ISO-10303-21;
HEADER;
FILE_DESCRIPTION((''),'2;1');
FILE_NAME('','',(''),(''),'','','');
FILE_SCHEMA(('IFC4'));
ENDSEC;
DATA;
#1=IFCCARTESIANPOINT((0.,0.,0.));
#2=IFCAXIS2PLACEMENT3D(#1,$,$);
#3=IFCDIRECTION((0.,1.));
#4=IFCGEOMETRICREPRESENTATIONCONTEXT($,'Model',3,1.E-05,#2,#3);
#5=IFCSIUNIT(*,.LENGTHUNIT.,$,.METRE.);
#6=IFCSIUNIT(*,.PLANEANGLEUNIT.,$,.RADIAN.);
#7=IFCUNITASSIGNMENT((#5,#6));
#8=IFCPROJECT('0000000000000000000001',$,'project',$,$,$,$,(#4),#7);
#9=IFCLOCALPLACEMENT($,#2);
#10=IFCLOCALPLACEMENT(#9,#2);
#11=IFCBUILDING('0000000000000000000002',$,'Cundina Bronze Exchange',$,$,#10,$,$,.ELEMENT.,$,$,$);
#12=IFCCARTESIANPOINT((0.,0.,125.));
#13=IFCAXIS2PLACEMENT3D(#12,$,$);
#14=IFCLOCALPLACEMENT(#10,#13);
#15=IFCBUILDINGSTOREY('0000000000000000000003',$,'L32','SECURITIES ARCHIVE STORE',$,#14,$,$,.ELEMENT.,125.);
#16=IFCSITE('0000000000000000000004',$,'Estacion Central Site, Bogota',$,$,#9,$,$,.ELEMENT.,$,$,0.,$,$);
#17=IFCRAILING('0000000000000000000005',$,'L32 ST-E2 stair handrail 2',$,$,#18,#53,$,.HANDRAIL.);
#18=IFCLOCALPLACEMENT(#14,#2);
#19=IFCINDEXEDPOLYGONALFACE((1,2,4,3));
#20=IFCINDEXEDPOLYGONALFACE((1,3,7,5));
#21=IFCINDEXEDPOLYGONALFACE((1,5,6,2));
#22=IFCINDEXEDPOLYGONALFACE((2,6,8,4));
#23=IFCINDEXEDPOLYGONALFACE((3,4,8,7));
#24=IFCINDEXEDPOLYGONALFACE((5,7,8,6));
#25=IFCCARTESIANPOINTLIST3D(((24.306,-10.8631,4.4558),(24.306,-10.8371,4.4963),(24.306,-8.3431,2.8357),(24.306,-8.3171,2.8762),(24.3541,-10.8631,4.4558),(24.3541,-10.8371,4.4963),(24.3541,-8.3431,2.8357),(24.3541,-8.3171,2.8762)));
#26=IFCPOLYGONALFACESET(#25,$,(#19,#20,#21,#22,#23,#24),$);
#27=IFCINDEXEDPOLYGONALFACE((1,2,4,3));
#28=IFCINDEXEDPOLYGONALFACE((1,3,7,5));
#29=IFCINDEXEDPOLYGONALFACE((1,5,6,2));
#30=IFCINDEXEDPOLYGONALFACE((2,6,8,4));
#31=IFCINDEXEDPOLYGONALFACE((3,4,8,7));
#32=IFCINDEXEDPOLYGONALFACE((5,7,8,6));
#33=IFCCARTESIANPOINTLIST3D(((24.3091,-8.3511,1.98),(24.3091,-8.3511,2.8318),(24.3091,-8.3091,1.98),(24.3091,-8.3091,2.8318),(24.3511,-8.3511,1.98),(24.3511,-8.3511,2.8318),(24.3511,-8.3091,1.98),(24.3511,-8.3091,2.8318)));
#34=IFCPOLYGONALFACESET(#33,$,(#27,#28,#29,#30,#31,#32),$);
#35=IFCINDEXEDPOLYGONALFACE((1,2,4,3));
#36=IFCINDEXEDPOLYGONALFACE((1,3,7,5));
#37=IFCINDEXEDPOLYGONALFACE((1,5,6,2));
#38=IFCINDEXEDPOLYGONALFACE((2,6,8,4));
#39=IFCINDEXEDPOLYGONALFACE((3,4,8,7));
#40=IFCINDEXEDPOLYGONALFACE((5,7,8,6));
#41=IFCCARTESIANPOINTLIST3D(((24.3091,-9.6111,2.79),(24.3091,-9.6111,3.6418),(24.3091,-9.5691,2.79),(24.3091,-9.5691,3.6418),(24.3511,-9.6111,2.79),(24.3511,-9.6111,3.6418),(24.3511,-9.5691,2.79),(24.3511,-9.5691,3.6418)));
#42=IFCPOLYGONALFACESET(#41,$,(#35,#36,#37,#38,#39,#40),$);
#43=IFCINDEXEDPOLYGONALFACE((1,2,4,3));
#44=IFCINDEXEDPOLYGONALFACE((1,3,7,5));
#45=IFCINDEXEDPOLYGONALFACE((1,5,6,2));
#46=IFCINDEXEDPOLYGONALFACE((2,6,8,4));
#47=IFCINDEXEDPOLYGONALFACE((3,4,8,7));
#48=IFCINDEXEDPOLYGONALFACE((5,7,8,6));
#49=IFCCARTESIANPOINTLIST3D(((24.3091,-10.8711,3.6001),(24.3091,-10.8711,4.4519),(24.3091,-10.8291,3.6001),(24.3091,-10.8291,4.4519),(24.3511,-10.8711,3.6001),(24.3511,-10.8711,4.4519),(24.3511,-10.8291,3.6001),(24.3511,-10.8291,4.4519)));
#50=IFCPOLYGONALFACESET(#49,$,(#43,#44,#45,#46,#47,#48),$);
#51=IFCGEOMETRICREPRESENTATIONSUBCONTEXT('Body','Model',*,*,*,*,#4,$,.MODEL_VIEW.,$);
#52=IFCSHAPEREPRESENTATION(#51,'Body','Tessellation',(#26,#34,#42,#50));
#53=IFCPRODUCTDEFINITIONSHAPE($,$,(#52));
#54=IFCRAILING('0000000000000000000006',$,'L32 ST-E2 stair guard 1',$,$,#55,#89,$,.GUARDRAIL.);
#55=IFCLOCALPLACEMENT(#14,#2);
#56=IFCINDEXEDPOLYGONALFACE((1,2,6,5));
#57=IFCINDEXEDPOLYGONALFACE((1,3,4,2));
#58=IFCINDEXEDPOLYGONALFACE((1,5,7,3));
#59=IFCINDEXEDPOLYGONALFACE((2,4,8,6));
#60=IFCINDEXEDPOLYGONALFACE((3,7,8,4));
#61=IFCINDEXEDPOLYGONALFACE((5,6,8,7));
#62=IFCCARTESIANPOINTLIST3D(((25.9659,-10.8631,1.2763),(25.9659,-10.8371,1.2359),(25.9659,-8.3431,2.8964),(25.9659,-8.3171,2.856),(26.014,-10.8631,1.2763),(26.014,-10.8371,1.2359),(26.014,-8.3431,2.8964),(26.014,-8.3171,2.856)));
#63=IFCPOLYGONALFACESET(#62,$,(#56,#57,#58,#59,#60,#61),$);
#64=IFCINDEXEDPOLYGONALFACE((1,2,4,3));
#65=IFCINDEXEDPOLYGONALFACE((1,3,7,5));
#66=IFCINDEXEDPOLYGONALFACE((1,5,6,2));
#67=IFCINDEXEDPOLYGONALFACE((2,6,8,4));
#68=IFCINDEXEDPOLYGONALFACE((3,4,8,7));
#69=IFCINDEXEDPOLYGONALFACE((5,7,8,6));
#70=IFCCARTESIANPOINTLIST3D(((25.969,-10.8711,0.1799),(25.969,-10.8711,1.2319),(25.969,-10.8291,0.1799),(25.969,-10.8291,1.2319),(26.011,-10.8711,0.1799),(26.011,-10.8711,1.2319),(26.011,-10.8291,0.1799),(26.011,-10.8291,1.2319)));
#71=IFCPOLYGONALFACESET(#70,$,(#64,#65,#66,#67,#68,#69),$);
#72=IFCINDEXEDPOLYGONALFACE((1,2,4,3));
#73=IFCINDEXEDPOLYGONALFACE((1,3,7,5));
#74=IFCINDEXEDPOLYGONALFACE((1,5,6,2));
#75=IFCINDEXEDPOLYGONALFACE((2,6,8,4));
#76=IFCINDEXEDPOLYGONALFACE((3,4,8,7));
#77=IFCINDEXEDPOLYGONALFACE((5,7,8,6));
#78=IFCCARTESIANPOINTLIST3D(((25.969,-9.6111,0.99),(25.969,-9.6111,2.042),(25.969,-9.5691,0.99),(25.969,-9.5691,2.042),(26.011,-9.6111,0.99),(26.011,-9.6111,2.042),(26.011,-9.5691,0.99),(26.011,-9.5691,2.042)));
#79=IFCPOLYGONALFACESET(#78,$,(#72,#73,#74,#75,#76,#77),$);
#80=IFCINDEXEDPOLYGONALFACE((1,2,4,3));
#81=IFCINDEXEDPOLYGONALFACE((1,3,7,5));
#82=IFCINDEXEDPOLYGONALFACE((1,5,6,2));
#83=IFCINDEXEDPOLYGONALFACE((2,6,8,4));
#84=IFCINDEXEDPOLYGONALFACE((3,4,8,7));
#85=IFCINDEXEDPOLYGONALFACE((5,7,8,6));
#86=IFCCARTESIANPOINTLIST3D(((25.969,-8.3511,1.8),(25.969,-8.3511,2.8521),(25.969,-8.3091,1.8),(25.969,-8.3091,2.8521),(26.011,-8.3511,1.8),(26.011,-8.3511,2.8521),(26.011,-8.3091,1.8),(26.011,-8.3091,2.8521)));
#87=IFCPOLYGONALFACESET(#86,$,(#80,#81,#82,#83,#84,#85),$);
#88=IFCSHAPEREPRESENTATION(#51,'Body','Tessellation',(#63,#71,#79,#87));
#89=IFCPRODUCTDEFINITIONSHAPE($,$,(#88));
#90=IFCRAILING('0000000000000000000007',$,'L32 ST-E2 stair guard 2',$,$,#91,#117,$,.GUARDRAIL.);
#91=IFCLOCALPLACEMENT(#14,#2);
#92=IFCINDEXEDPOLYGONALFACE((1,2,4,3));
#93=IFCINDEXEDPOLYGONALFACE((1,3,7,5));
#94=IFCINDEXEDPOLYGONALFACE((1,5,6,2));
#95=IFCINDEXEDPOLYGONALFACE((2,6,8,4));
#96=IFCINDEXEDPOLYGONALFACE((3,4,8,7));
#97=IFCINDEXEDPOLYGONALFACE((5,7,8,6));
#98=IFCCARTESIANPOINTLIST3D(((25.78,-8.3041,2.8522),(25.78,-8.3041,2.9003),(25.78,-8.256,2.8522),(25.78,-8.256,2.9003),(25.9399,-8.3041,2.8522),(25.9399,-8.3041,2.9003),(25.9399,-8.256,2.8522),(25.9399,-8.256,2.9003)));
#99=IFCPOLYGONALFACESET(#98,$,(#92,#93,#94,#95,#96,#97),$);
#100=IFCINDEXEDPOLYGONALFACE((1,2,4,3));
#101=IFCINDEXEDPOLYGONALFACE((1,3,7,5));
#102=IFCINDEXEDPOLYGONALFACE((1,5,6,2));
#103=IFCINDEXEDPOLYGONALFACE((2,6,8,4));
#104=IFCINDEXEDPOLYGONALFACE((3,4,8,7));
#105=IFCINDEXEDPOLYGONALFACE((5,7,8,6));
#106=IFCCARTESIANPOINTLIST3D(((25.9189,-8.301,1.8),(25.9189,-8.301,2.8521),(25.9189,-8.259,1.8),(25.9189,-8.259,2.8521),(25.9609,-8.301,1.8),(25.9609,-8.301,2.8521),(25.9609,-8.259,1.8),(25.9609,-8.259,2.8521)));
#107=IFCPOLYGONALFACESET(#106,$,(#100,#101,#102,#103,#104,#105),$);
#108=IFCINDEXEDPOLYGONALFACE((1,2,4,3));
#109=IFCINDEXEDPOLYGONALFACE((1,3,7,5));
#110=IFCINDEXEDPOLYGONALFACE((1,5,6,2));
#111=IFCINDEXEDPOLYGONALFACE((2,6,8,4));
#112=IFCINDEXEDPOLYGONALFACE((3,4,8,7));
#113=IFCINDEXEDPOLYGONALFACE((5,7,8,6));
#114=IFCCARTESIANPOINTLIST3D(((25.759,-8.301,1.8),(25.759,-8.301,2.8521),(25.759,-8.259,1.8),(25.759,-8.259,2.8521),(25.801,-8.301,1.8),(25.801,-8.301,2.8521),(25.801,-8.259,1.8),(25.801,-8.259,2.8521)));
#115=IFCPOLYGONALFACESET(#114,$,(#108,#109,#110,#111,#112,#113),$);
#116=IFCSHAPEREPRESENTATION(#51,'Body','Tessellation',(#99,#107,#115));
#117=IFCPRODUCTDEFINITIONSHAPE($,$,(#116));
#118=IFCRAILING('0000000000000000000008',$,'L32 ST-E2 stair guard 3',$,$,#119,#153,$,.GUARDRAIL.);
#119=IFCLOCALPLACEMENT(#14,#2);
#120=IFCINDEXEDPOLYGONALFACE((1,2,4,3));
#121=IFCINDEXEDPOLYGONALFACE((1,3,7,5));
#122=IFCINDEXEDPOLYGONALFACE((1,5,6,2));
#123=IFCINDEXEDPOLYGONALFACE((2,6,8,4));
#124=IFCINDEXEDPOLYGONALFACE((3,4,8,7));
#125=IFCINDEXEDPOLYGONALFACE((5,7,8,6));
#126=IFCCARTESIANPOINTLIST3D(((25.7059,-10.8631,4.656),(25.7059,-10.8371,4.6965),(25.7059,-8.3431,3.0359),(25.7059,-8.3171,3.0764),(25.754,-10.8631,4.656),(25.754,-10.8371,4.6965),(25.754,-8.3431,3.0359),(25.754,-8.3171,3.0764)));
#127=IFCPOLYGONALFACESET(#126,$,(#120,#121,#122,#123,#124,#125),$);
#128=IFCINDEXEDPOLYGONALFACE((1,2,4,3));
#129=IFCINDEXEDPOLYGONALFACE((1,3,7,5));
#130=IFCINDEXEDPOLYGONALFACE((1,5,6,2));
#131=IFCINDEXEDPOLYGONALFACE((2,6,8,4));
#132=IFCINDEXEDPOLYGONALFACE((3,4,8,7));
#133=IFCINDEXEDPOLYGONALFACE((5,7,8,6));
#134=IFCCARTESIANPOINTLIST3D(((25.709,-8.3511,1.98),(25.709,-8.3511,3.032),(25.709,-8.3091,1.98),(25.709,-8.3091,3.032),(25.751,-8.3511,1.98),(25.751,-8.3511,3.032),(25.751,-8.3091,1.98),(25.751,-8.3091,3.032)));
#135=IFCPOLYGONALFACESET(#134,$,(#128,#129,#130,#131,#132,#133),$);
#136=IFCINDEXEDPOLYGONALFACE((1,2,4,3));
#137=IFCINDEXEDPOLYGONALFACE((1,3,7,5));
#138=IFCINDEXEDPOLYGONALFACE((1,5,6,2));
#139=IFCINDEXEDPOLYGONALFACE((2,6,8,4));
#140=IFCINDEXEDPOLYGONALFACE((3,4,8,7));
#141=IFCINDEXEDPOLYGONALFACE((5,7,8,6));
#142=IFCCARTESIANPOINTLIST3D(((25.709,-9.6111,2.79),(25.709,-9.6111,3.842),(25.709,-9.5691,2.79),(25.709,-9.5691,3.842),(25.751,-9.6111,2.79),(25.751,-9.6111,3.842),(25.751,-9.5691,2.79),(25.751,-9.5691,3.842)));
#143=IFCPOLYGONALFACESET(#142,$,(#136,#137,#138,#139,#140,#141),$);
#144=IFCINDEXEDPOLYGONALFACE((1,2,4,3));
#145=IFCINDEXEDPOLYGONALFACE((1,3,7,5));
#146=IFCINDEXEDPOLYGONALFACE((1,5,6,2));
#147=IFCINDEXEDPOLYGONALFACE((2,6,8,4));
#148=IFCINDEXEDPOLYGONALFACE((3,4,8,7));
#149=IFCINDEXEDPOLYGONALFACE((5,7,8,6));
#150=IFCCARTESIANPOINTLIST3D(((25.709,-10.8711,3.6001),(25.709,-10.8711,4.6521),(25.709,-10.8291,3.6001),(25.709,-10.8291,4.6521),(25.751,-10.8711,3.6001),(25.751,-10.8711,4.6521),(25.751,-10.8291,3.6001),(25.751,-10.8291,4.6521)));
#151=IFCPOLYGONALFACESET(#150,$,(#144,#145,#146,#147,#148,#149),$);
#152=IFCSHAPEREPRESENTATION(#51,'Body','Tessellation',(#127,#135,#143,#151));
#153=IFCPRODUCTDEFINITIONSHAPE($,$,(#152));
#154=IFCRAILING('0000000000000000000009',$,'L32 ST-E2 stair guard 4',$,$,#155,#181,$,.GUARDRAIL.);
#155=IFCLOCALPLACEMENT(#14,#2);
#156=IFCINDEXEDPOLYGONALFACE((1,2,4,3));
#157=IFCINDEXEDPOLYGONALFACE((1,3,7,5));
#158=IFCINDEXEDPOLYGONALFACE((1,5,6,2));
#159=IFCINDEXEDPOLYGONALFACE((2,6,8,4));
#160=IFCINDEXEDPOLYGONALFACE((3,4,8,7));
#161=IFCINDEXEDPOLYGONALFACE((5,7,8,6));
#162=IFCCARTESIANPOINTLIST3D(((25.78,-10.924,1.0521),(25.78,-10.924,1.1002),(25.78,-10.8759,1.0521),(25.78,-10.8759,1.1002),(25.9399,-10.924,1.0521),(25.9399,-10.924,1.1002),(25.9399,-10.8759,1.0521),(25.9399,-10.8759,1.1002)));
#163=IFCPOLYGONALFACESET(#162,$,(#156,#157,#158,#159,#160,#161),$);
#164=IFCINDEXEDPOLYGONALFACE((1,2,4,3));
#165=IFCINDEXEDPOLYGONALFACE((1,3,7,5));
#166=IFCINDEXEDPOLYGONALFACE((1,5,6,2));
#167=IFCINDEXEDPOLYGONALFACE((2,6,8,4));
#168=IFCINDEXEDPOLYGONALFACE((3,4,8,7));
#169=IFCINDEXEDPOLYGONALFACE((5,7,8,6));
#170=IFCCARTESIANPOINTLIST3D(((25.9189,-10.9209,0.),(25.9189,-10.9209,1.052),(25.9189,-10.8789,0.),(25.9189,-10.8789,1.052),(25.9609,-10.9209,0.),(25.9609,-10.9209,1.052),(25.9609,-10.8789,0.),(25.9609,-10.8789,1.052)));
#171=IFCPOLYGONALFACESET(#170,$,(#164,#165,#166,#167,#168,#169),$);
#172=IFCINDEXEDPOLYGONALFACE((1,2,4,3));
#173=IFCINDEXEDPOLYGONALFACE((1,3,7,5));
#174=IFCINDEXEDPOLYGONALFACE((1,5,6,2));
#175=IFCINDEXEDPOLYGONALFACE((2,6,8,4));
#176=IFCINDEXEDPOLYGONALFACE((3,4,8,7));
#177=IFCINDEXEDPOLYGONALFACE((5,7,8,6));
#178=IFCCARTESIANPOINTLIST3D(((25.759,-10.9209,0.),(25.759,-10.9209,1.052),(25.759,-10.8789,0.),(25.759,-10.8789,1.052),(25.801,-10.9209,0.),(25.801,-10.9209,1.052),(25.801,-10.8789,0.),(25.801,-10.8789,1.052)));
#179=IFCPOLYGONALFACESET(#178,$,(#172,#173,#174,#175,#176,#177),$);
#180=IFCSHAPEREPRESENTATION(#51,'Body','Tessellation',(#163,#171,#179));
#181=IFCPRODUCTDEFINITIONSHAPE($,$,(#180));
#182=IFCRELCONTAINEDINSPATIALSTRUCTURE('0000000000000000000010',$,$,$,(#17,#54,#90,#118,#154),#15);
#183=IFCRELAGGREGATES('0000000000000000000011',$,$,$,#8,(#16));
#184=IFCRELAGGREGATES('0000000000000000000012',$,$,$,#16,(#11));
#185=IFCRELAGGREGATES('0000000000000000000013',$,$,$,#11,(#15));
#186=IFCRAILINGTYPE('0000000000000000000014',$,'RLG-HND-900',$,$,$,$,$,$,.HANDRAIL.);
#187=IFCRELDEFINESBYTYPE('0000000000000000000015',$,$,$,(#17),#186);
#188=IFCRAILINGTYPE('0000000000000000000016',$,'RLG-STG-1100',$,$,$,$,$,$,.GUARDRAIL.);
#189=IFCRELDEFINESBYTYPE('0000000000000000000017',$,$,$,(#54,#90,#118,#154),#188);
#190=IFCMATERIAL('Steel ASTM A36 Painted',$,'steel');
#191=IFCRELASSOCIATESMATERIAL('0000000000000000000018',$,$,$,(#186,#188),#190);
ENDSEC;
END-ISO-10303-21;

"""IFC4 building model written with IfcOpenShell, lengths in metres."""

from ifc_helpers import new_model, si_unit, direction, frame, origin, origin_2d, place, context, subcontext, project, spatial, rectangle, extrude, material, type_object, element, save


model = new_model("IFC4")

# Units and contexts
model_context = context("Model", 3, precision=1e-05, world=origin(), true_north=direction((0.0, 1.0)))
body_context = subcontext(model_context, "Body", "Model", "MODEL_VIEW")
ifc_project = project(units=[si_unit("LENGTHUNIT", "METRE"), si_unit("PLANEANGLEUNIT", "RADIAN")], contexts=[model_context])

# Site, building, storey
site_placement = place(None, origin())
site = spatial("IfcSite", under=ifc_project, at=site_placement, Name="Estacion Central Site, Bogota", CompositionType="ELEMENT", RefElevation=0.0)
building_placement = place(site_placement, origin())
building = spatial("IfcBuilding", under=site, at=building_placement, Name="Cundina Bronze Exchange", CompositionType="ELEMENT")
storey_placement = place(building_placement, frame((0.0, 0.0, 125.0)))
storey = spatial("IfcBuildingStorey", under=building, at=storey_placement, Name="L32", Description="SECURITIES ARCHIVE STORE", CompositionType="ELEMENT", Elevation=125.0)

# Shared definitions
ifc_material_1 = material(Name="Steel ASTM A36 Painted", Category="steel")

# Railings
railing_type_1 = type_object("IfcRailingType", Name="RLG-HND-900", PredefinedType="HANDRAIL", material=ifc_material_1)
railing_1_placement = place(storey_placement, frame((24.3301, -8.3301, 1.98)))
element("IfcRailing", 1, at=railing_1_placement, inside=storey, type_object=railing_type_1, Name="L32 ST-E2 stair handrail 2", PredefinedType="HANDRAIL", context=body_context, shape_type="SweptSolid", body=[
    extrude(rectangle(XDim=0.0481, YDim=0.0481, at=origin_2d()), frame((0.0, 0.0, 0.876), z_axis=(0.0, -0.841163, 0.540782), x_axis=(1.0, 0.0, 0.0)), (0.0, 0.0, 1.0), 2.9958),
    extrude(rectangle(XDim=0.042, YDim=0.042, at=origin_2d()), origin(), (0.0, 0.0, 1.0), 0.8518),
    extrude(rectangle(XDim=0.042, YDim=0.042, at=origin_2d()), frame((0.0, -1.26, 0.8101)), (0.0, 0.0, 1.0), 0.8518),
    extrude(rectangle(XDim=0.042, YDim=0.042, at=origin_2d()), frame((0.0, -2.52, 1.6201)), (0.0, 0.0, 1.0), 0.8518),
])
railing_type_2 = type_object("IfcRailingType", Name="RLG-STG-1100", PredefinedType="GUARDRAIL", material=ifc_material_1)
railing_2_placement = place(storey_placement, frame((25.99, -10.8501, 0.1799)))
element("IfcRailing", 2, at=railing_2_placement, inside=storey, type_object=railing_type_2, Name="L32 ST-E2 stair guard 1", PredefinedType="GUARDRAIL", context=body_context, shape_type="SweptSolid", body=[
    extrude(rectangle(XDim=0.0481, YDim=0.0481, at=origin_2d()), frame((0.0, 0.0, 1.0762), z_axis=(0.0, 0.841163, 0.540782), x_axis=(-1.0, 0.0, 0.0)), (0.0, 0.0, 1.0), 2.9958),
    extrude(rectangle(XDim=0.042, YDim=0.042, at=origin_2d()), origin(), (0.0, 0.0, 1.0), 1.052),
    extrude(rectangle(XDim=0.042, YDim=0.042, at=origin_2d()), frame((0.0, 1.26, 0.8101)), (0.0, 0.0, 1.0), 1.052),
    extrude(rectangle(XDim=0.042, YDim=0.042, at=origin_2d()), frame((0.0, 2.52, 1.6201)), (0.0, 0.0, 1.0), 1.052),
])
railing_3_placement = place(storey_placement, frame((25.9399, -8.28, 1.8)))
element("IfcRailing", 3, at=railing_3_placement, inside=storey, type_object=railing_type_2, Name="L32 ST-E2 stair guard 2", PredefinedType="GUARDRAIL", context=body_context, shape_type="SweptSolid", body=[
    extrude(rectangle(XDim=0.0481, YDim=0.0481, at=origin_2d()), frame((0.0, 0.0, 1.0762), z_axis=(-1.0, 0.0, 0.0), x_axis=(0.0, -1.0, 0.0)), (0.0, 0.0, 1.0), 0.1599),
    extrude(rectangle(XDim=0.042, YDim=0.042, at=origin_2d()), origin(), (0.0, 0.0, 1.0), 1.052),
    extrude(rectangle(XDim=0.042, YDim=0.042, at=origin_2d()), frame((-0.1599, 0.0, 0.0)), (0.0, 0.0, 1.0), 1.052),
])
railing_4_placement = place(storey_placement, frame((25.73, -8.3301, 1.98)))
element("IfcRailing", 4, at=railing_4_placement, inside=storey, type_object=railing_type_2, Name="L32 ST-E2 stair guard 3", PredefinedType="GUARDRAIL", context=body_context, shape_type="SweptSolid", body=[
    extrude(rectangle(XDim=0.0481, YDim=0.0481, at=origin_2d()), frame((0.0, 0.0, 1.0762), z_axis=(0.0, -0.841163, 0.540782), x_axis=(1.0, 0.0, 0.0)), (0.0, 0.0, 1.0), 2.9958),
    extrude(rectangle(XDim=0.042, YDim=0.042, at=origin_2d()), origin(), (0.0, 0.0, 1.0), 1.052),
    extrude(rectangle(XDim=0.042, YDim=0.042, at=origin_2d()), frame((0.0, -1.26, 0.8101)), (0.0, 0.0, 1.0), 1.052),
    extrude(rectangle(XDim=0.042, YDim=0.042, at=origin_2d()), frame((0.0, -2.52, 1.6201)), (0.0, 0.0, 1.0), 1.052),
])
railing_5_placement = place(storey_placement, frame((25.9399, -10.8999, 0.0)))
element("IfcRailing", 5, at=railing_5_placement, inside=storey, type_object=railing_type_2, Name="L32 ST-E2 stair guard 4", PredefinedType="GUARDRAIL", context=body_context, shape_type="SweptSolid", body=[
    extrude(rectangle(XDim=0.0481, YDim=0.0481, at=origin_2d()), frame((0.0, 0.0, 1.0762), z_axis=(-1.0, 0.0, 0.0), x_axis=(0.0, -1.0, 0.0)), (0.0, 0.0, 1.0), 0.1599),
    extrude(rectangle(XDim=0.042, YDim=0.042, at=origin_2d()), origin(), (0.0, 0.0, 1.0), 1.052),
    extrude(rectangle(XDim=0.042, YDim=0.042, at=origin_2d()), frame((-0.1599, 0.0, 0.0)), (0.0, 0.0, 1.0), 1.052),
])

save(model, "model.ifc")
